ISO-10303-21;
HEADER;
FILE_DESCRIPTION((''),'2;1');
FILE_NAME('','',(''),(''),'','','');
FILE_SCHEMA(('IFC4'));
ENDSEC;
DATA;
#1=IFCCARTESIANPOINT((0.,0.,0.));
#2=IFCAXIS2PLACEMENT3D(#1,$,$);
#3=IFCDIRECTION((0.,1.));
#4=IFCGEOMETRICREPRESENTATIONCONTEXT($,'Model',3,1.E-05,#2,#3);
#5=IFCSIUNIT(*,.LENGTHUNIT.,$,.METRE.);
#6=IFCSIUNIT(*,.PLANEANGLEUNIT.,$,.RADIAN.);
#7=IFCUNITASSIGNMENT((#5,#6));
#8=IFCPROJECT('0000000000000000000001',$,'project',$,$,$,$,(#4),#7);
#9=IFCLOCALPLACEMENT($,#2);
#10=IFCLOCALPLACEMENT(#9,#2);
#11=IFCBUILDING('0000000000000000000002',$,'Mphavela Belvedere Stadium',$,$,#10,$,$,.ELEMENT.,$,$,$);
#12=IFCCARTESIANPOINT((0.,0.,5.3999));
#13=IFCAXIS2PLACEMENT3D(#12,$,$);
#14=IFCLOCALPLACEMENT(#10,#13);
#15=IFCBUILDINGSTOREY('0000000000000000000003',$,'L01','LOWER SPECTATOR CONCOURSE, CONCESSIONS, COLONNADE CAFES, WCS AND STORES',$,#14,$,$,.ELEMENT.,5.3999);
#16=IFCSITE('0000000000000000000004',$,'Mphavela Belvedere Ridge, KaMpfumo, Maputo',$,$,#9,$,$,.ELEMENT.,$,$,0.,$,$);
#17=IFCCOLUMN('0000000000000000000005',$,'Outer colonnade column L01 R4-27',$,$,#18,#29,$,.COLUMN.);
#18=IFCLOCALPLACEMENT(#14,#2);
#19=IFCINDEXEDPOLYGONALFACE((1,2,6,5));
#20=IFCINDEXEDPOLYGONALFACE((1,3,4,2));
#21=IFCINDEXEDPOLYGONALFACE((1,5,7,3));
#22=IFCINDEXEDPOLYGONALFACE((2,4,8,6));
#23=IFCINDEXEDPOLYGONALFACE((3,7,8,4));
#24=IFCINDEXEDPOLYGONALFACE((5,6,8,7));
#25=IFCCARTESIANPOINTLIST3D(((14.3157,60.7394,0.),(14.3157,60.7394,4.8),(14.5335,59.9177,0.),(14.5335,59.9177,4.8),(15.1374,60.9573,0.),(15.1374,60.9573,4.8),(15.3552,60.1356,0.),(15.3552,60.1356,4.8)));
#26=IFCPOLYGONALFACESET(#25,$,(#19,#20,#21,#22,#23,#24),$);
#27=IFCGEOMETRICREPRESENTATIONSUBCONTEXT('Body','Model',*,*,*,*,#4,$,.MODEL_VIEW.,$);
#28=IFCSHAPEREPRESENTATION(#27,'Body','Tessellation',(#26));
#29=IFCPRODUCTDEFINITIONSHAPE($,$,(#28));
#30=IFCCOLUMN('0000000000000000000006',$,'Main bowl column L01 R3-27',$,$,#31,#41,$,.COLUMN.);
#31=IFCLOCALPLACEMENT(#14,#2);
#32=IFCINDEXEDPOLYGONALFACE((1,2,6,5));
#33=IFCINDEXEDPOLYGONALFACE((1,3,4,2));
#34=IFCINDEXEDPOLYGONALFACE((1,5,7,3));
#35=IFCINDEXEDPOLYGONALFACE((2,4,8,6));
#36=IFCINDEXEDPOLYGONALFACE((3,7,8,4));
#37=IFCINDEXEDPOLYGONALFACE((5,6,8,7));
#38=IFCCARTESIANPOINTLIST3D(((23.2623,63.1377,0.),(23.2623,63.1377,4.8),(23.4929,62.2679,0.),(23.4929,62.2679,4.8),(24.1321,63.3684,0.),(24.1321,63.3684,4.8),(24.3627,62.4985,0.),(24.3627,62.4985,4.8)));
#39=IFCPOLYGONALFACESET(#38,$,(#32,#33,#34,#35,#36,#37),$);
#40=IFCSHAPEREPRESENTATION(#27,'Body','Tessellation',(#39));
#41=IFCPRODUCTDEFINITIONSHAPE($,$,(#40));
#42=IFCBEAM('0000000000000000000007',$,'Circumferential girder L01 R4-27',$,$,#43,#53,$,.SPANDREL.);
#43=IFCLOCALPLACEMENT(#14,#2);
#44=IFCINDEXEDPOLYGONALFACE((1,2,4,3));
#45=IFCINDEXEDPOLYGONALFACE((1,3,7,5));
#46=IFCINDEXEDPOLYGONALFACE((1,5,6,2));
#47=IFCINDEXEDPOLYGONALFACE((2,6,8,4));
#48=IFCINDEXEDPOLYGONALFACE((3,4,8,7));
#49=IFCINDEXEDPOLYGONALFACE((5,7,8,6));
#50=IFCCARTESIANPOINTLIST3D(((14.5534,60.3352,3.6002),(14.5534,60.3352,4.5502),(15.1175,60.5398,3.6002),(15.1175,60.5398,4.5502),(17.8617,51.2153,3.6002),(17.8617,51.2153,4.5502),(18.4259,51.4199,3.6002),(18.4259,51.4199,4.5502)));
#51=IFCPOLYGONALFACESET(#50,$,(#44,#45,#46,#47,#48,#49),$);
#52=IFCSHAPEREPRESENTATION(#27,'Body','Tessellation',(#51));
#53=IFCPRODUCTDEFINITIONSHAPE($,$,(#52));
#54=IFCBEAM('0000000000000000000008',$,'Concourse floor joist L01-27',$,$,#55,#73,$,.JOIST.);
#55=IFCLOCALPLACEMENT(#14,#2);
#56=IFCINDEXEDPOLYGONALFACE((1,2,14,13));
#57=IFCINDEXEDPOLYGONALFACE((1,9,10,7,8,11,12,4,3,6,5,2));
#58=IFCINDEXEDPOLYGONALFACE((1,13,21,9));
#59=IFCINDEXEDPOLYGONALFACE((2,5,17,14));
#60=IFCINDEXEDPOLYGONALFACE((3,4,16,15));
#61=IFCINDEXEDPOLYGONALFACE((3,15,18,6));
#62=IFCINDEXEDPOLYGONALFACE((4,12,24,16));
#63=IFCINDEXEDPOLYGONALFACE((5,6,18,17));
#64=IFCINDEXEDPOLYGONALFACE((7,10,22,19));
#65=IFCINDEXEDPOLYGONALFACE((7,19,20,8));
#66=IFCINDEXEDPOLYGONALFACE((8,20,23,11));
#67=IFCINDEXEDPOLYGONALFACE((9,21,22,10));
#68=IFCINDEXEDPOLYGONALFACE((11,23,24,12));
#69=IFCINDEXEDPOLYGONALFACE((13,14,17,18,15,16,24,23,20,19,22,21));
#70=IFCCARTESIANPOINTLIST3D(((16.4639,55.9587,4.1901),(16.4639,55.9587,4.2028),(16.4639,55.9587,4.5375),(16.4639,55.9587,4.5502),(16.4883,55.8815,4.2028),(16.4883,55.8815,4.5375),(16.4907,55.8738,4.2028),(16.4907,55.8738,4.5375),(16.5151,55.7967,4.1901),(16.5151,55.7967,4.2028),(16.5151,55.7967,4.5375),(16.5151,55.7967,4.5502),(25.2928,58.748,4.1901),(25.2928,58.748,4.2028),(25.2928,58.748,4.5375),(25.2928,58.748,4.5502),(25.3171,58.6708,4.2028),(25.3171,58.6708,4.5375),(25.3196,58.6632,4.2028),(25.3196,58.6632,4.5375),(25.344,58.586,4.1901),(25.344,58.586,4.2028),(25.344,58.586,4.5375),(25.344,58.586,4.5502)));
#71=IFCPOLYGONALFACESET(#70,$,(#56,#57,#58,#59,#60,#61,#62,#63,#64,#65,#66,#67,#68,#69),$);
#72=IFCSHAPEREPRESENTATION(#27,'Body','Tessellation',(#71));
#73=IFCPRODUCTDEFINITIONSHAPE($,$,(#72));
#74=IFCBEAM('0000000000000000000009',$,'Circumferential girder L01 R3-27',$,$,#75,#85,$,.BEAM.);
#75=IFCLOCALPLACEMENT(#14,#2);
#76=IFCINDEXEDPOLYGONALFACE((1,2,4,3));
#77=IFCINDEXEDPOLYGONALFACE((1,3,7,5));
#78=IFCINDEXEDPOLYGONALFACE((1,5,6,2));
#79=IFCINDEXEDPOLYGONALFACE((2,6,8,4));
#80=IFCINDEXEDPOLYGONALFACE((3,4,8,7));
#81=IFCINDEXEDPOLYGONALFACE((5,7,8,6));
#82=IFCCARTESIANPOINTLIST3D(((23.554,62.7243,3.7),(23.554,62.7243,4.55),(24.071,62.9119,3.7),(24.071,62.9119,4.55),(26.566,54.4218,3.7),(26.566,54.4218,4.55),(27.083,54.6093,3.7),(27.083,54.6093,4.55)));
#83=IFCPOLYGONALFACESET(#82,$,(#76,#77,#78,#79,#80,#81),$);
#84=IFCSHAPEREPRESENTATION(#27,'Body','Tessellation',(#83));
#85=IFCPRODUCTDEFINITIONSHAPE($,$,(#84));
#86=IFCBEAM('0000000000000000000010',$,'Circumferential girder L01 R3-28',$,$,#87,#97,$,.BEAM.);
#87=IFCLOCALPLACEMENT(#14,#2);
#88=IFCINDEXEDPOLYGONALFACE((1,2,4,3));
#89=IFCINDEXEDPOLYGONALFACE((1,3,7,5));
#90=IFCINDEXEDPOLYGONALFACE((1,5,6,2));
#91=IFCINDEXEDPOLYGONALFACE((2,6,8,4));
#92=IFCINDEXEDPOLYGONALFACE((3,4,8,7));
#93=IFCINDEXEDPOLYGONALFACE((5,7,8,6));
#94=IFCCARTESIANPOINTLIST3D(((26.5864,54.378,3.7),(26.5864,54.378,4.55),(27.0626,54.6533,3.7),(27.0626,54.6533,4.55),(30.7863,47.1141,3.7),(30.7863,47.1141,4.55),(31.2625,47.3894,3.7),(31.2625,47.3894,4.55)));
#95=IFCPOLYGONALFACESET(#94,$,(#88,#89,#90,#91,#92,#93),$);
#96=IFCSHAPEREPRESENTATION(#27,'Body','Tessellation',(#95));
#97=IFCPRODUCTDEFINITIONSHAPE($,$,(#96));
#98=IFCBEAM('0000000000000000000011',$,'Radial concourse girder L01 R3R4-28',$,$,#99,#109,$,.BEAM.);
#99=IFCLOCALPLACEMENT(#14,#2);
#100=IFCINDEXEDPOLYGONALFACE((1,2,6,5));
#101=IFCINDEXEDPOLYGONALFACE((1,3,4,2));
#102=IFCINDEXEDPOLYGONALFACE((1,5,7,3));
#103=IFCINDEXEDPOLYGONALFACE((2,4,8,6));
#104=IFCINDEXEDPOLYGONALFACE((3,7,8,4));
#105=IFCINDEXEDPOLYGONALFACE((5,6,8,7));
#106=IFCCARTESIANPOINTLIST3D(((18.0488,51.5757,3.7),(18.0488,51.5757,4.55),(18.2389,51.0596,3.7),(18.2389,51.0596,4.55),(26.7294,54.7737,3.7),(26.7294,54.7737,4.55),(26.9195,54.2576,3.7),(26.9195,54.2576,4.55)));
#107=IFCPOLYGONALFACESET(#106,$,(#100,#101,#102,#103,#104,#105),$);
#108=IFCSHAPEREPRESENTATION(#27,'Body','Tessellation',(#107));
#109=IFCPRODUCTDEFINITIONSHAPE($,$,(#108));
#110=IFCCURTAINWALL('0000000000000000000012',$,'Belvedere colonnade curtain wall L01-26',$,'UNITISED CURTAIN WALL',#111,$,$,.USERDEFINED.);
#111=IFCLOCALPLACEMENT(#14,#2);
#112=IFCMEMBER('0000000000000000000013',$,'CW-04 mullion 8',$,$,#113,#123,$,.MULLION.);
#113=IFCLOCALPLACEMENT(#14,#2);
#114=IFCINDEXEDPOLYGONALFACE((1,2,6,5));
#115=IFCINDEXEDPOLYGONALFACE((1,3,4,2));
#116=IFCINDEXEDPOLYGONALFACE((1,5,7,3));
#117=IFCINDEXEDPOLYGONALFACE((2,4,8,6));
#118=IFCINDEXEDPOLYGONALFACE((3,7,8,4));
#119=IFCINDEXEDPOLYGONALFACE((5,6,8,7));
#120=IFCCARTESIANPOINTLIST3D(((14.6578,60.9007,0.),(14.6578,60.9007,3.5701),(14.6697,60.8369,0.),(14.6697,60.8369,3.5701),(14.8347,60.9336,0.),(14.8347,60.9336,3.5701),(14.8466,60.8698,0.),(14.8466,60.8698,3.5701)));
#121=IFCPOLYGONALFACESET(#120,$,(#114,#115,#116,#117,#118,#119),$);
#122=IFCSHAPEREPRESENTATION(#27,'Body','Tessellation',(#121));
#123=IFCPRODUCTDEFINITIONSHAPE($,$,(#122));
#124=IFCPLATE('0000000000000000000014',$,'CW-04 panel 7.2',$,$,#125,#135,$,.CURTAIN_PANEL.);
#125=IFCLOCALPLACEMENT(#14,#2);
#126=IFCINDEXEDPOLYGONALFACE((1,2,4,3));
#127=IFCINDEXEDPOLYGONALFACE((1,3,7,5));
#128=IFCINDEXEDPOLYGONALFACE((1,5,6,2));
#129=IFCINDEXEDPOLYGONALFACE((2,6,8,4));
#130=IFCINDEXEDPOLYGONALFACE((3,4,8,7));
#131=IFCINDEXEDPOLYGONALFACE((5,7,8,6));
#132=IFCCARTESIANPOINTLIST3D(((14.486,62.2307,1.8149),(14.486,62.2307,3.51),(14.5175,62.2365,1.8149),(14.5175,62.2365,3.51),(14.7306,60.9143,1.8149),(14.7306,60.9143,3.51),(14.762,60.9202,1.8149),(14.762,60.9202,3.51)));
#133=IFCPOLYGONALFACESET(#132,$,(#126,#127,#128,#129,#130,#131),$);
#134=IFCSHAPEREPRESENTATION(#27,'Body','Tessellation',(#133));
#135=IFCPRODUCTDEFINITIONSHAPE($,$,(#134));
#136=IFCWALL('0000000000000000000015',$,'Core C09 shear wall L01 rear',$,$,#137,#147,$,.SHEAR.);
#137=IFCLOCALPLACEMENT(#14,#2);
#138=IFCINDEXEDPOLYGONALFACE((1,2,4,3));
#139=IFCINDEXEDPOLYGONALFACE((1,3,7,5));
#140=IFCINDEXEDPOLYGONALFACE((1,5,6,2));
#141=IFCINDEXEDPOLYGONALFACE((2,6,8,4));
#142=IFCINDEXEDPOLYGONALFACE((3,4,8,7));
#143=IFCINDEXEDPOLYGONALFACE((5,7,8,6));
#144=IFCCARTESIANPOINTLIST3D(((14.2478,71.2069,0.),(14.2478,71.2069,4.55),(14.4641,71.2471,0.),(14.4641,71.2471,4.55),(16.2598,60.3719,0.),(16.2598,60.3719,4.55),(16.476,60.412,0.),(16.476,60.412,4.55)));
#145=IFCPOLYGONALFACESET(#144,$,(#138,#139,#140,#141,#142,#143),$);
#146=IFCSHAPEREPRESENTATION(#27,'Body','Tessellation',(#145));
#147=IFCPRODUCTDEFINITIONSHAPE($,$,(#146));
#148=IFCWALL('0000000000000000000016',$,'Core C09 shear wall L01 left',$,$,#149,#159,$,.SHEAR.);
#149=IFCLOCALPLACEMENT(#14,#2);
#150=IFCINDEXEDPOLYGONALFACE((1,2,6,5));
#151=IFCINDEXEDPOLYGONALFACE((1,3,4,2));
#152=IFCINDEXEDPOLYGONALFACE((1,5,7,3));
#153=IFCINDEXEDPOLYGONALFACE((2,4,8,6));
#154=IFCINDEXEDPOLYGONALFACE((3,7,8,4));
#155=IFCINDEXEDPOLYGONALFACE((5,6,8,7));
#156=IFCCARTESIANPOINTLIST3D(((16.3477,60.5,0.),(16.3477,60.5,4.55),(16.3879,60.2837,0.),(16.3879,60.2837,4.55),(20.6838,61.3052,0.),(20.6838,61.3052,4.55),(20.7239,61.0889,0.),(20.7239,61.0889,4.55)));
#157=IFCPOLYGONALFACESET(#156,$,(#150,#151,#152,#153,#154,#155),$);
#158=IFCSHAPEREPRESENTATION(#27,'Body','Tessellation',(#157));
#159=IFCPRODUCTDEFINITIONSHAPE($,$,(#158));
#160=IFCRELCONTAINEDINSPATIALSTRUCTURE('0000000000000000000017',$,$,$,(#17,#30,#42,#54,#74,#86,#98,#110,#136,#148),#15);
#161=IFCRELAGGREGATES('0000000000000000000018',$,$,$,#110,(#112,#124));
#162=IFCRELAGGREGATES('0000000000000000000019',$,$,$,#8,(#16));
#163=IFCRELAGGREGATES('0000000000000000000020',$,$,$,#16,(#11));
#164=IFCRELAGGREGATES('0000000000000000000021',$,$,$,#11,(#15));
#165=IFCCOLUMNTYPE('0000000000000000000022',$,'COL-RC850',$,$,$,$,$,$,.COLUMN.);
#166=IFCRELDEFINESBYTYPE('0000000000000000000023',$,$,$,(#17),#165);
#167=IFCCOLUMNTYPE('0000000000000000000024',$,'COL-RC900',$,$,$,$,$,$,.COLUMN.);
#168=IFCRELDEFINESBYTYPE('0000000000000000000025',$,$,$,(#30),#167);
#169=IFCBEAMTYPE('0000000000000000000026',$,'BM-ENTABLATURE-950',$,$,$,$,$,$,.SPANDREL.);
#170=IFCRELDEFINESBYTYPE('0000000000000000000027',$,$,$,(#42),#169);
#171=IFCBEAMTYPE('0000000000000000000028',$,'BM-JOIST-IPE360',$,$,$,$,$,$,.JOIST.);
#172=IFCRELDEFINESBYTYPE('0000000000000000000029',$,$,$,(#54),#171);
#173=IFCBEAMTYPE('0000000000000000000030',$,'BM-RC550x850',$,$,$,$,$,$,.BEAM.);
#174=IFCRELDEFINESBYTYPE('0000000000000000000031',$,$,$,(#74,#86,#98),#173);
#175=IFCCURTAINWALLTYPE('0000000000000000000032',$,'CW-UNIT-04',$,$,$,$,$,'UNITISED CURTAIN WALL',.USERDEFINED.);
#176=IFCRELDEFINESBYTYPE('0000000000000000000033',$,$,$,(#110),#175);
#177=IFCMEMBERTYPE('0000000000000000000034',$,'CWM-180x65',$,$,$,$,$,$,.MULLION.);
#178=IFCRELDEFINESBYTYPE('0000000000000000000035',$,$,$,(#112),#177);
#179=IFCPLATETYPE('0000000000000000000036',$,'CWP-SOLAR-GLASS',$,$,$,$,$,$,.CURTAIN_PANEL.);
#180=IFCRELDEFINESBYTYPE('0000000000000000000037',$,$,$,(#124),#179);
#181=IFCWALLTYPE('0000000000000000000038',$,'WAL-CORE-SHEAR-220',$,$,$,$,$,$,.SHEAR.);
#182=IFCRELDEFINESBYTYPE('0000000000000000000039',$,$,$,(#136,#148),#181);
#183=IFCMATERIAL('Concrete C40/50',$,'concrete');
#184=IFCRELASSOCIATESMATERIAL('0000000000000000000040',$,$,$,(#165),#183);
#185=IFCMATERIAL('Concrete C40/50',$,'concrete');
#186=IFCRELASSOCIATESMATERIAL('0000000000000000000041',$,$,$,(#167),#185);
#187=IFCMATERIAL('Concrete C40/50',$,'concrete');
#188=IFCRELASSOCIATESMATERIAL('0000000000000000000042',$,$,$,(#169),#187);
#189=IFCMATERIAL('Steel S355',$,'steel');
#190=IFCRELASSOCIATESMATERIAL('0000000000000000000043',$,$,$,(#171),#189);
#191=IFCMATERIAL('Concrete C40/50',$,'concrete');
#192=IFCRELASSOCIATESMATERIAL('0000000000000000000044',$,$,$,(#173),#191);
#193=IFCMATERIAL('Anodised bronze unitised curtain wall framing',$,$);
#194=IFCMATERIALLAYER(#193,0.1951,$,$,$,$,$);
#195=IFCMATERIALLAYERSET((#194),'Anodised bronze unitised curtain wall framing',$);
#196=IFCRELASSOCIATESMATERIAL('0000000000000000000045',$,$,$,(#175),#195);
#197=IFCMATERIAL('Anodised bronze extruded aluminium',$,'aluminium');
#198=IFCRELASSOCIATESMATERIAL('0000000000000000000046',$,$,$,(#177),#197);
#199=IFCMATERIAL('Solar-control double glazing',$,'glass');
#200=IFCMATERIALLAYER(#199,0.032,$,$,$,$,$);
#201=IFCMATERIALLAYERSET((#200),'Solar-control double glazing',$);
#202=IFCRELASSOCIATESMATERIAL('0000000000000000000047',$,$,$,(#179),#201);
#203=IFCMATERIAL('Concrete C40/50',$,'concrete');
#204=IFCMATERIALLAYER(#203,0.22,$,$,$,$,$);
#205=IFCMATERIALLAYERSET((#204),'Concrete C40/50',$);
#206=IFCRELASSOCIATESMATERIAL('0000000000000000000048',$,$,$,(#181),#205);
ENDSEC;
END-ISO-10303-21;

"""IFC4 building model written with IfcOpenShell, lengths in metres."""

from ifc_helpers import new_model, si_unit, direction, frame, frame_2d, origin, origin_2d, place, context, subcontext, project, spatial, rectangle, i_section, extrude, material, layer, layer_set, material_profile, profile_set, type_object, element, aggregate, save


model = new_model("IFC4")

# Units and contexts
model_context = context("Model", 3, precision=1e-05, world=origin(), true_north=direction((0.0, 1.0)))
body_context = subcontext(model_context, "Body", "Model", "MODEL_VIEW")
ifc_project = project(units=[si_unit("LENGTHUNIT", "METRE"), si_unit("PLANEANGLEUNIT", "RADIAN")], contexts=[model_context])

# Site, building, storey
site_placement = place(None, origin())
site = spatial("IfcSite", under=ifc_project, at=site_placement, Name="Mphavela Belvedere Ridge, KaMpfumo, Maputo", CompositionType="ELEMENT", RefElevation=0.0)
building_placement = place(site_placement, origin())
building = spatial("IfcBuilding", under=site, at=building_placement, Name="Mphavela Belvedere Stadium", CompositionType="ELEMENT")
storey_placement = place(building_placement, frame((0.0, 0.0, 5.3999)))
storey = spatial("IfcBuildingStorey", under=building, at=storey_placement, Name="L01", Description="LOWER SPECTATOR CONCOURSE, CONCESSIONS, COLONNADE CAFES, WCS AND STORES", CompositionType="ELEMENT", Elevation=5.3999)

# Columns
ifc_material_1 = material(Name="Concrete C40/50", Category="concrete")
ifc_material_profile_1 = material_profile(ifc_material_1, rectangle(XDim=0.8501, YDim=0.8501, at=origin_2d()), Name="RC 850x850")
ifc_profile_set_1 = profile_set([ifc_material_profile_1], Name="Concrete C40/50")
column_type_1 = type_object("IfcColumnType", Name="COL-RC850", PredefinedType="COLUMN", material=ifc_profile_set_1)
column_1_placement = place(storey_placement, frame((14.8354, 60.4375, 0.0), z_axis=(0.0, 0.0, 1.0), x_axis=(-0.9666, -0.256289, 0.0)))
element("IfcColumn", 1, at=column_1_placement, inside=storey, type_object=column_type_1, Name="Outer colonnade column L01 R4-27", PredefinedType="COLUMN", context=body_context, shape_type="SweptSolid", body=[
    extrude(rectangle(XDim=0.8501, YDim=0.8501, at=origin_2d()), origin(), (0.0, 0.0, 1.0), 4.8),
])
ifc_material_2 = material(Name="Concrete C40/50", Category="concrete")
ifc_material_profile_2 = material_profile(ifc_material_2, rectangle(XDim=0.8999, YDim=0.8999, at=origin_2d()), Name="RC 900x900")
ifc_profile_set_2 = profile_set([ifc_material_profile_2], Name="Concrete C40/50")
column_type_2 = type_object("IfcColumnType", Name="COL-RC900", PredefinedType="COLUMN", material=ifc_profile_set_2)
column_2_placement = place(storey_placement, frame((23.8125, 62.8181, 0.0), z_axis=(0.0, 0.0, 1.0), x_axis=(-0.9666, -0.256289, 0.0)))
element("IfcColumn", 2, at=column_2_placement, inside=storey, type_object=column_type_2, Name="Main bowl column L01 R3-27", PredefinedType="COLUMN", context=body_context, shape_type="SweptSolid", body=[
    extrude(rectangle(XDim=0.8999, YDim=0.8999, at=origin_2d()), origin(), (0.0, 0.0, 1.0), 4.8),
])

# Beams
ifc_material_3 = material(Name="Concrete C40/50", Category="concrete")
ifc_material_profile_3 = material_profile(ifc_material_3, rectangle(XDim=0.6001, YDim=0.95, at=origin_2d()), Name="RC 600x950")
ifc_profile_set_3 = profile_set([ifc_material_profile_3], Name="Concrete C40/50")
beam_type_1 = type_object("IfcBeamType", Name="BM-ENTABLATURE-950", PredefinedType="SPANDREL", material=ifc_profile_set_3)
beam_1_placement = place(storey_placement, frame((14.8354, 60.4375, 4.0752), z_axis=(0.341018, -0.940057, 0.0), x_axis=(0.940057, 0.341018, 0.0)))
element("IfcBeam", 3, at=beam_1_placement, inside=storey, type_object=beam_type_1, Name="Circumferential girder L01 R4-27", PredefinedType="SPANDREL", context=body_context, shape_type="SweptSolid", body=[
    extrude(rectangle(XDim=0.6001, YDim=0.95, at=origin_2d()), origin(), (0.0, 0.0, 1.0), 9.7014),
])
ifc_material_4 = material(Name="Steel S355", Category="steel")
ifc_material_profile_4 = material_profile(ifc_material_4, i_section(OverallWidth=0.1699, OverallDepth=0.3601, WebThickness=0.0081, FlangeThickness=0.0127, at=origin_2d()), Name="IPE 360")
ifc_profile_set_4 = profile_set([ifc_material_profile_4], Name="Steel S355")
beam_type_2 = type_object("IfcBeamType", Name="BM-JOIST-IPE360", PredefinedType="JOIST", material=ifc_profile_set_4)
beam_2_placement = place(storey_placement, frame((25.3184, 58.667, 4.3701), z_axis=(-0.953544, -0.301254, 0.0), x_axis=(0.301254, -0.953544, 0.0)))
element("IfcBeam", 4, at=beam_2_placement, inside=storey, type_object=beam_type_2, Name="Concourse floor joist L01-27", PredefinedType="JOIST", context=body_context, shape_type="SweptSolid", body=[
    extrude(i_section(OverallWidth=0.1699, OverallDepth=0.3601, WebThickness=0.0081, FlangeThickness=0.0127, at=origin_2d()), origin(), (0.0, 0.0, 1.0), 9.259),
])
ifc_material_5 = material(Name="Concrete C40/50", Category="concrete")
ifc_material_profile_5 = material_profile(ifc_material_5, rectangle(XDim=0.55, YDim=0.8501, at=origin_2d()), Name="RC 550x850")
ifc_profile_set_5 = profile_set([ifc_material_profile_5], Name="Concrete C40/50")
beam_type_3 = type_object("IfcBeamType", Name="BM-RC550x850", PredefinedType="BEAM", material=ifc_profile_set_5)
beam_3_placement = place(storey_placement, frame((23.8125, 62.8181, 4.125), z_axis=(0.341031, -0.940052, 0.0), x_axis=(0.940052, 0.341031, 0.0)))
element("IfcBeam", 5, at=beam_3_placement, inside=storey, type_object=beam_type_3, Name="Circumferential girder L01 R3-27", PredefinedType="BEAM", context=body_context, shape_type="SweptSolid", body=[
    extrude(rectangle(XDim=0.55, YDim=0.8501, at=origin_2d()), origin(), (0.0, 0.0, 1.0), 8.832),
])
beam_4_placement = place(storey_placement, frame((26.8245, 54.5156, 4.125), z_axis=(0.500548, -0.865709, 0.0), x_axis=(0.865709, 0.500548, 0.0)))
element("IfcBeam", 6, at=beam_4_placement, inside=storey, type_object=beam_type_3, Name="Circumferential girder L01 R3-28", PredefinedType="BEAM", context=body_context, shape_type="SweptSolid", body=[
    extrude(rectangle(XDim=0.55, YDim=0.8501, at=origin_2d()), origin(), (0.0, 0.0, 1.0), 8.3906),
])
beam_5_placement = place(storey_placement, frame((26.8245, 54.5156, 4.125), z_axis=(-0.938348, -0.345692, 0.0), x_axis=(0.345692, -0.938348, 0.0)))
element("IfcBeam", 7, at=beam_5_placement, inside=storey, type_object=beam_type_3, Name="Radial concourse girder L01 R3R4-28", PredefinedType="BEAM", context=body_context, shape_type="SweptSolid", body=[
    extrude(rectangle(XDim=0.55, YDim=0.8501, at=origin_2d()), origin(), (0.0, 0.0, 1.0), 9.251),
])

# Curtain wall, member, plate
ifc_material_6 = material(Name="Anodised bronze unitised curtain wall framing")
ifc_layer_1 = layer(ifc_material_6, 0.1951)
ifc_layer_set_1 = layer_set([ifc_layer_1], Name="Anodised bronze unitised curtain wall framing")
curtain_wall_type = type_object("IfcCurtainWallType", Name="CW-UNIT-04", ElementType="UNITISED CURTAIN WALL", PredefinedType="USERDEFINED", material=ifc_layer_set_1)
curtain_wall_placement = place(storey_placement, origin())
curtain_wall = element("IfcCurtainWall", 8, at=curtain_wall_placement, inside=storey, type_object=curtain_wall_type, Name="Belvedere colonnade curtain wall L01-26", ObjectType="UNITISED CURTAIN WALL", PredefinedType="USERDEFINED")
ifc_material_7 = material(Name="Anodised bronze extruded aluminium", Category="aluminium")
ifc_material_profile_6 = material_profile(ifc_material_7, rectangle(XDim=0.1799, YDim=0.0649, at=origin_2d()), Name="CW-MUL 180x65")
ifc_profile_set_6 = profile_set([ifc_material_profile_6], Name="Anodised bronze extruded aluminium")
member_type = type_object("IfcMemberType", Name="CWM-180x65", PredefinedType="MULLION", material=ifc_profile_set_6)
member_placement = place(storey_placement, frame((14.7522, 60.8853, 0.0), z_axis=(0.0, 0.0, 1.0), x_axis=(0.983184, 0.18262, 0.0)))
member = element("IfcMember", 9, at=member_placement, type_object=member_type, Name="CW-04 mullion 8", PredefinedType="MULLION", context=body_context, shape_type="SweptSolid", body=[
    extrude(rectangle(XDim=0.1799, YDim=0.0649, at=origin_2d()), origin(), (0.0, 0.0, 1.0), 3.5701),
])
ifc_material_8 = material(Name="Solar-control double glazing", Category="glass")
ifc_layer_2 = layer(ifc_material_8, 0.032)
ifc_layer_set_2 = layer_set([ifc_layer_2], Name="Solar-control double glazing")
plate_type = type_object("IfcPlateType", Name="CWP-SOLAR-GLASS", PredefinedType="CURTAIN_PANEL", material=ifc_layer_set_2)
plate_placement = place(storey_placement, frame((14.624, 61.5754, 1.8149), z_axis=(0.0, 0.0, 1.0), x_axis=(0.18262, -0.983184, 0.0)))
plate = element("IfcPlate", 10, at=plate_placement, type_object=plate_type, Name="CW-04 panel 7.2", PredefinedType="CURTAIN_PANEL", context=body_context, shape_type="SweptSolid", body=[
    extrude(rectangle(XDim=1.3389, YDim=0.032, at=origin_2d()), origin(), (0.0, 0.0, 1.0), 1.6951),
])
aggregate(curtain_wall, [member, plate])

# Walls
ifc_material_9 = material(Name="Concrete C40/50", Category="concrete")
ifc_layer_3 = layer(ifc_material_9, 0.22)
ifc_layer_set_3 = layer_set([ifc_layer_3], Name="Concrete C40/50")
wall_type_1 = type_object("IfcWallType", Name="WAL-CORE-SHEAR-220", PredefinedType="SHEAR", material=ifc_layer_set_3)
wall_1_placement = place(storey_placement, frame((16.3679, 60.3918, 0.0), z_axis=(0.0, 0.0, 1.0), x_axis=(-0.182571, 0.983193, 0.0)))
element("IfcWall", 11, at=wall_1_placement, inside=storey, type_object=wall_type_1, Name="Core C09 shear wall L01 rear", PredefinedType="SHEAR", context=body_context, shape_type="SweptSolid", body=[
    extrude(rectangle(XDim=11.0203, YDim=0.22, at=frame_2d((5.5103, 0.0))), origin(), (0.0, 0.0, 1.0), 4.55),
])
wall_2_placement = place(storey_placement, frame((20.7039, 61.197, 0.0), z_axis=(0.0, 0.0, 1.0), x_axis=(-0.983192, -0.182577, 0.0)))
element("IfcWall", 12, at=wall_2_placement, inside=storey, type_object=wall_type_1, Name="Core C09 shear wall L01 left", PredefinedType="SHEAR", context=body_context, shape_type="SweptSolid", body=[
    extrude(rectangle(XDim=4.4102, YDim=0.22, at=frame_2d((2.2051, 0.0))), origin(), (0.0, 0.0, 1.0), 4.55),
])

save(model, "model.ifc")
